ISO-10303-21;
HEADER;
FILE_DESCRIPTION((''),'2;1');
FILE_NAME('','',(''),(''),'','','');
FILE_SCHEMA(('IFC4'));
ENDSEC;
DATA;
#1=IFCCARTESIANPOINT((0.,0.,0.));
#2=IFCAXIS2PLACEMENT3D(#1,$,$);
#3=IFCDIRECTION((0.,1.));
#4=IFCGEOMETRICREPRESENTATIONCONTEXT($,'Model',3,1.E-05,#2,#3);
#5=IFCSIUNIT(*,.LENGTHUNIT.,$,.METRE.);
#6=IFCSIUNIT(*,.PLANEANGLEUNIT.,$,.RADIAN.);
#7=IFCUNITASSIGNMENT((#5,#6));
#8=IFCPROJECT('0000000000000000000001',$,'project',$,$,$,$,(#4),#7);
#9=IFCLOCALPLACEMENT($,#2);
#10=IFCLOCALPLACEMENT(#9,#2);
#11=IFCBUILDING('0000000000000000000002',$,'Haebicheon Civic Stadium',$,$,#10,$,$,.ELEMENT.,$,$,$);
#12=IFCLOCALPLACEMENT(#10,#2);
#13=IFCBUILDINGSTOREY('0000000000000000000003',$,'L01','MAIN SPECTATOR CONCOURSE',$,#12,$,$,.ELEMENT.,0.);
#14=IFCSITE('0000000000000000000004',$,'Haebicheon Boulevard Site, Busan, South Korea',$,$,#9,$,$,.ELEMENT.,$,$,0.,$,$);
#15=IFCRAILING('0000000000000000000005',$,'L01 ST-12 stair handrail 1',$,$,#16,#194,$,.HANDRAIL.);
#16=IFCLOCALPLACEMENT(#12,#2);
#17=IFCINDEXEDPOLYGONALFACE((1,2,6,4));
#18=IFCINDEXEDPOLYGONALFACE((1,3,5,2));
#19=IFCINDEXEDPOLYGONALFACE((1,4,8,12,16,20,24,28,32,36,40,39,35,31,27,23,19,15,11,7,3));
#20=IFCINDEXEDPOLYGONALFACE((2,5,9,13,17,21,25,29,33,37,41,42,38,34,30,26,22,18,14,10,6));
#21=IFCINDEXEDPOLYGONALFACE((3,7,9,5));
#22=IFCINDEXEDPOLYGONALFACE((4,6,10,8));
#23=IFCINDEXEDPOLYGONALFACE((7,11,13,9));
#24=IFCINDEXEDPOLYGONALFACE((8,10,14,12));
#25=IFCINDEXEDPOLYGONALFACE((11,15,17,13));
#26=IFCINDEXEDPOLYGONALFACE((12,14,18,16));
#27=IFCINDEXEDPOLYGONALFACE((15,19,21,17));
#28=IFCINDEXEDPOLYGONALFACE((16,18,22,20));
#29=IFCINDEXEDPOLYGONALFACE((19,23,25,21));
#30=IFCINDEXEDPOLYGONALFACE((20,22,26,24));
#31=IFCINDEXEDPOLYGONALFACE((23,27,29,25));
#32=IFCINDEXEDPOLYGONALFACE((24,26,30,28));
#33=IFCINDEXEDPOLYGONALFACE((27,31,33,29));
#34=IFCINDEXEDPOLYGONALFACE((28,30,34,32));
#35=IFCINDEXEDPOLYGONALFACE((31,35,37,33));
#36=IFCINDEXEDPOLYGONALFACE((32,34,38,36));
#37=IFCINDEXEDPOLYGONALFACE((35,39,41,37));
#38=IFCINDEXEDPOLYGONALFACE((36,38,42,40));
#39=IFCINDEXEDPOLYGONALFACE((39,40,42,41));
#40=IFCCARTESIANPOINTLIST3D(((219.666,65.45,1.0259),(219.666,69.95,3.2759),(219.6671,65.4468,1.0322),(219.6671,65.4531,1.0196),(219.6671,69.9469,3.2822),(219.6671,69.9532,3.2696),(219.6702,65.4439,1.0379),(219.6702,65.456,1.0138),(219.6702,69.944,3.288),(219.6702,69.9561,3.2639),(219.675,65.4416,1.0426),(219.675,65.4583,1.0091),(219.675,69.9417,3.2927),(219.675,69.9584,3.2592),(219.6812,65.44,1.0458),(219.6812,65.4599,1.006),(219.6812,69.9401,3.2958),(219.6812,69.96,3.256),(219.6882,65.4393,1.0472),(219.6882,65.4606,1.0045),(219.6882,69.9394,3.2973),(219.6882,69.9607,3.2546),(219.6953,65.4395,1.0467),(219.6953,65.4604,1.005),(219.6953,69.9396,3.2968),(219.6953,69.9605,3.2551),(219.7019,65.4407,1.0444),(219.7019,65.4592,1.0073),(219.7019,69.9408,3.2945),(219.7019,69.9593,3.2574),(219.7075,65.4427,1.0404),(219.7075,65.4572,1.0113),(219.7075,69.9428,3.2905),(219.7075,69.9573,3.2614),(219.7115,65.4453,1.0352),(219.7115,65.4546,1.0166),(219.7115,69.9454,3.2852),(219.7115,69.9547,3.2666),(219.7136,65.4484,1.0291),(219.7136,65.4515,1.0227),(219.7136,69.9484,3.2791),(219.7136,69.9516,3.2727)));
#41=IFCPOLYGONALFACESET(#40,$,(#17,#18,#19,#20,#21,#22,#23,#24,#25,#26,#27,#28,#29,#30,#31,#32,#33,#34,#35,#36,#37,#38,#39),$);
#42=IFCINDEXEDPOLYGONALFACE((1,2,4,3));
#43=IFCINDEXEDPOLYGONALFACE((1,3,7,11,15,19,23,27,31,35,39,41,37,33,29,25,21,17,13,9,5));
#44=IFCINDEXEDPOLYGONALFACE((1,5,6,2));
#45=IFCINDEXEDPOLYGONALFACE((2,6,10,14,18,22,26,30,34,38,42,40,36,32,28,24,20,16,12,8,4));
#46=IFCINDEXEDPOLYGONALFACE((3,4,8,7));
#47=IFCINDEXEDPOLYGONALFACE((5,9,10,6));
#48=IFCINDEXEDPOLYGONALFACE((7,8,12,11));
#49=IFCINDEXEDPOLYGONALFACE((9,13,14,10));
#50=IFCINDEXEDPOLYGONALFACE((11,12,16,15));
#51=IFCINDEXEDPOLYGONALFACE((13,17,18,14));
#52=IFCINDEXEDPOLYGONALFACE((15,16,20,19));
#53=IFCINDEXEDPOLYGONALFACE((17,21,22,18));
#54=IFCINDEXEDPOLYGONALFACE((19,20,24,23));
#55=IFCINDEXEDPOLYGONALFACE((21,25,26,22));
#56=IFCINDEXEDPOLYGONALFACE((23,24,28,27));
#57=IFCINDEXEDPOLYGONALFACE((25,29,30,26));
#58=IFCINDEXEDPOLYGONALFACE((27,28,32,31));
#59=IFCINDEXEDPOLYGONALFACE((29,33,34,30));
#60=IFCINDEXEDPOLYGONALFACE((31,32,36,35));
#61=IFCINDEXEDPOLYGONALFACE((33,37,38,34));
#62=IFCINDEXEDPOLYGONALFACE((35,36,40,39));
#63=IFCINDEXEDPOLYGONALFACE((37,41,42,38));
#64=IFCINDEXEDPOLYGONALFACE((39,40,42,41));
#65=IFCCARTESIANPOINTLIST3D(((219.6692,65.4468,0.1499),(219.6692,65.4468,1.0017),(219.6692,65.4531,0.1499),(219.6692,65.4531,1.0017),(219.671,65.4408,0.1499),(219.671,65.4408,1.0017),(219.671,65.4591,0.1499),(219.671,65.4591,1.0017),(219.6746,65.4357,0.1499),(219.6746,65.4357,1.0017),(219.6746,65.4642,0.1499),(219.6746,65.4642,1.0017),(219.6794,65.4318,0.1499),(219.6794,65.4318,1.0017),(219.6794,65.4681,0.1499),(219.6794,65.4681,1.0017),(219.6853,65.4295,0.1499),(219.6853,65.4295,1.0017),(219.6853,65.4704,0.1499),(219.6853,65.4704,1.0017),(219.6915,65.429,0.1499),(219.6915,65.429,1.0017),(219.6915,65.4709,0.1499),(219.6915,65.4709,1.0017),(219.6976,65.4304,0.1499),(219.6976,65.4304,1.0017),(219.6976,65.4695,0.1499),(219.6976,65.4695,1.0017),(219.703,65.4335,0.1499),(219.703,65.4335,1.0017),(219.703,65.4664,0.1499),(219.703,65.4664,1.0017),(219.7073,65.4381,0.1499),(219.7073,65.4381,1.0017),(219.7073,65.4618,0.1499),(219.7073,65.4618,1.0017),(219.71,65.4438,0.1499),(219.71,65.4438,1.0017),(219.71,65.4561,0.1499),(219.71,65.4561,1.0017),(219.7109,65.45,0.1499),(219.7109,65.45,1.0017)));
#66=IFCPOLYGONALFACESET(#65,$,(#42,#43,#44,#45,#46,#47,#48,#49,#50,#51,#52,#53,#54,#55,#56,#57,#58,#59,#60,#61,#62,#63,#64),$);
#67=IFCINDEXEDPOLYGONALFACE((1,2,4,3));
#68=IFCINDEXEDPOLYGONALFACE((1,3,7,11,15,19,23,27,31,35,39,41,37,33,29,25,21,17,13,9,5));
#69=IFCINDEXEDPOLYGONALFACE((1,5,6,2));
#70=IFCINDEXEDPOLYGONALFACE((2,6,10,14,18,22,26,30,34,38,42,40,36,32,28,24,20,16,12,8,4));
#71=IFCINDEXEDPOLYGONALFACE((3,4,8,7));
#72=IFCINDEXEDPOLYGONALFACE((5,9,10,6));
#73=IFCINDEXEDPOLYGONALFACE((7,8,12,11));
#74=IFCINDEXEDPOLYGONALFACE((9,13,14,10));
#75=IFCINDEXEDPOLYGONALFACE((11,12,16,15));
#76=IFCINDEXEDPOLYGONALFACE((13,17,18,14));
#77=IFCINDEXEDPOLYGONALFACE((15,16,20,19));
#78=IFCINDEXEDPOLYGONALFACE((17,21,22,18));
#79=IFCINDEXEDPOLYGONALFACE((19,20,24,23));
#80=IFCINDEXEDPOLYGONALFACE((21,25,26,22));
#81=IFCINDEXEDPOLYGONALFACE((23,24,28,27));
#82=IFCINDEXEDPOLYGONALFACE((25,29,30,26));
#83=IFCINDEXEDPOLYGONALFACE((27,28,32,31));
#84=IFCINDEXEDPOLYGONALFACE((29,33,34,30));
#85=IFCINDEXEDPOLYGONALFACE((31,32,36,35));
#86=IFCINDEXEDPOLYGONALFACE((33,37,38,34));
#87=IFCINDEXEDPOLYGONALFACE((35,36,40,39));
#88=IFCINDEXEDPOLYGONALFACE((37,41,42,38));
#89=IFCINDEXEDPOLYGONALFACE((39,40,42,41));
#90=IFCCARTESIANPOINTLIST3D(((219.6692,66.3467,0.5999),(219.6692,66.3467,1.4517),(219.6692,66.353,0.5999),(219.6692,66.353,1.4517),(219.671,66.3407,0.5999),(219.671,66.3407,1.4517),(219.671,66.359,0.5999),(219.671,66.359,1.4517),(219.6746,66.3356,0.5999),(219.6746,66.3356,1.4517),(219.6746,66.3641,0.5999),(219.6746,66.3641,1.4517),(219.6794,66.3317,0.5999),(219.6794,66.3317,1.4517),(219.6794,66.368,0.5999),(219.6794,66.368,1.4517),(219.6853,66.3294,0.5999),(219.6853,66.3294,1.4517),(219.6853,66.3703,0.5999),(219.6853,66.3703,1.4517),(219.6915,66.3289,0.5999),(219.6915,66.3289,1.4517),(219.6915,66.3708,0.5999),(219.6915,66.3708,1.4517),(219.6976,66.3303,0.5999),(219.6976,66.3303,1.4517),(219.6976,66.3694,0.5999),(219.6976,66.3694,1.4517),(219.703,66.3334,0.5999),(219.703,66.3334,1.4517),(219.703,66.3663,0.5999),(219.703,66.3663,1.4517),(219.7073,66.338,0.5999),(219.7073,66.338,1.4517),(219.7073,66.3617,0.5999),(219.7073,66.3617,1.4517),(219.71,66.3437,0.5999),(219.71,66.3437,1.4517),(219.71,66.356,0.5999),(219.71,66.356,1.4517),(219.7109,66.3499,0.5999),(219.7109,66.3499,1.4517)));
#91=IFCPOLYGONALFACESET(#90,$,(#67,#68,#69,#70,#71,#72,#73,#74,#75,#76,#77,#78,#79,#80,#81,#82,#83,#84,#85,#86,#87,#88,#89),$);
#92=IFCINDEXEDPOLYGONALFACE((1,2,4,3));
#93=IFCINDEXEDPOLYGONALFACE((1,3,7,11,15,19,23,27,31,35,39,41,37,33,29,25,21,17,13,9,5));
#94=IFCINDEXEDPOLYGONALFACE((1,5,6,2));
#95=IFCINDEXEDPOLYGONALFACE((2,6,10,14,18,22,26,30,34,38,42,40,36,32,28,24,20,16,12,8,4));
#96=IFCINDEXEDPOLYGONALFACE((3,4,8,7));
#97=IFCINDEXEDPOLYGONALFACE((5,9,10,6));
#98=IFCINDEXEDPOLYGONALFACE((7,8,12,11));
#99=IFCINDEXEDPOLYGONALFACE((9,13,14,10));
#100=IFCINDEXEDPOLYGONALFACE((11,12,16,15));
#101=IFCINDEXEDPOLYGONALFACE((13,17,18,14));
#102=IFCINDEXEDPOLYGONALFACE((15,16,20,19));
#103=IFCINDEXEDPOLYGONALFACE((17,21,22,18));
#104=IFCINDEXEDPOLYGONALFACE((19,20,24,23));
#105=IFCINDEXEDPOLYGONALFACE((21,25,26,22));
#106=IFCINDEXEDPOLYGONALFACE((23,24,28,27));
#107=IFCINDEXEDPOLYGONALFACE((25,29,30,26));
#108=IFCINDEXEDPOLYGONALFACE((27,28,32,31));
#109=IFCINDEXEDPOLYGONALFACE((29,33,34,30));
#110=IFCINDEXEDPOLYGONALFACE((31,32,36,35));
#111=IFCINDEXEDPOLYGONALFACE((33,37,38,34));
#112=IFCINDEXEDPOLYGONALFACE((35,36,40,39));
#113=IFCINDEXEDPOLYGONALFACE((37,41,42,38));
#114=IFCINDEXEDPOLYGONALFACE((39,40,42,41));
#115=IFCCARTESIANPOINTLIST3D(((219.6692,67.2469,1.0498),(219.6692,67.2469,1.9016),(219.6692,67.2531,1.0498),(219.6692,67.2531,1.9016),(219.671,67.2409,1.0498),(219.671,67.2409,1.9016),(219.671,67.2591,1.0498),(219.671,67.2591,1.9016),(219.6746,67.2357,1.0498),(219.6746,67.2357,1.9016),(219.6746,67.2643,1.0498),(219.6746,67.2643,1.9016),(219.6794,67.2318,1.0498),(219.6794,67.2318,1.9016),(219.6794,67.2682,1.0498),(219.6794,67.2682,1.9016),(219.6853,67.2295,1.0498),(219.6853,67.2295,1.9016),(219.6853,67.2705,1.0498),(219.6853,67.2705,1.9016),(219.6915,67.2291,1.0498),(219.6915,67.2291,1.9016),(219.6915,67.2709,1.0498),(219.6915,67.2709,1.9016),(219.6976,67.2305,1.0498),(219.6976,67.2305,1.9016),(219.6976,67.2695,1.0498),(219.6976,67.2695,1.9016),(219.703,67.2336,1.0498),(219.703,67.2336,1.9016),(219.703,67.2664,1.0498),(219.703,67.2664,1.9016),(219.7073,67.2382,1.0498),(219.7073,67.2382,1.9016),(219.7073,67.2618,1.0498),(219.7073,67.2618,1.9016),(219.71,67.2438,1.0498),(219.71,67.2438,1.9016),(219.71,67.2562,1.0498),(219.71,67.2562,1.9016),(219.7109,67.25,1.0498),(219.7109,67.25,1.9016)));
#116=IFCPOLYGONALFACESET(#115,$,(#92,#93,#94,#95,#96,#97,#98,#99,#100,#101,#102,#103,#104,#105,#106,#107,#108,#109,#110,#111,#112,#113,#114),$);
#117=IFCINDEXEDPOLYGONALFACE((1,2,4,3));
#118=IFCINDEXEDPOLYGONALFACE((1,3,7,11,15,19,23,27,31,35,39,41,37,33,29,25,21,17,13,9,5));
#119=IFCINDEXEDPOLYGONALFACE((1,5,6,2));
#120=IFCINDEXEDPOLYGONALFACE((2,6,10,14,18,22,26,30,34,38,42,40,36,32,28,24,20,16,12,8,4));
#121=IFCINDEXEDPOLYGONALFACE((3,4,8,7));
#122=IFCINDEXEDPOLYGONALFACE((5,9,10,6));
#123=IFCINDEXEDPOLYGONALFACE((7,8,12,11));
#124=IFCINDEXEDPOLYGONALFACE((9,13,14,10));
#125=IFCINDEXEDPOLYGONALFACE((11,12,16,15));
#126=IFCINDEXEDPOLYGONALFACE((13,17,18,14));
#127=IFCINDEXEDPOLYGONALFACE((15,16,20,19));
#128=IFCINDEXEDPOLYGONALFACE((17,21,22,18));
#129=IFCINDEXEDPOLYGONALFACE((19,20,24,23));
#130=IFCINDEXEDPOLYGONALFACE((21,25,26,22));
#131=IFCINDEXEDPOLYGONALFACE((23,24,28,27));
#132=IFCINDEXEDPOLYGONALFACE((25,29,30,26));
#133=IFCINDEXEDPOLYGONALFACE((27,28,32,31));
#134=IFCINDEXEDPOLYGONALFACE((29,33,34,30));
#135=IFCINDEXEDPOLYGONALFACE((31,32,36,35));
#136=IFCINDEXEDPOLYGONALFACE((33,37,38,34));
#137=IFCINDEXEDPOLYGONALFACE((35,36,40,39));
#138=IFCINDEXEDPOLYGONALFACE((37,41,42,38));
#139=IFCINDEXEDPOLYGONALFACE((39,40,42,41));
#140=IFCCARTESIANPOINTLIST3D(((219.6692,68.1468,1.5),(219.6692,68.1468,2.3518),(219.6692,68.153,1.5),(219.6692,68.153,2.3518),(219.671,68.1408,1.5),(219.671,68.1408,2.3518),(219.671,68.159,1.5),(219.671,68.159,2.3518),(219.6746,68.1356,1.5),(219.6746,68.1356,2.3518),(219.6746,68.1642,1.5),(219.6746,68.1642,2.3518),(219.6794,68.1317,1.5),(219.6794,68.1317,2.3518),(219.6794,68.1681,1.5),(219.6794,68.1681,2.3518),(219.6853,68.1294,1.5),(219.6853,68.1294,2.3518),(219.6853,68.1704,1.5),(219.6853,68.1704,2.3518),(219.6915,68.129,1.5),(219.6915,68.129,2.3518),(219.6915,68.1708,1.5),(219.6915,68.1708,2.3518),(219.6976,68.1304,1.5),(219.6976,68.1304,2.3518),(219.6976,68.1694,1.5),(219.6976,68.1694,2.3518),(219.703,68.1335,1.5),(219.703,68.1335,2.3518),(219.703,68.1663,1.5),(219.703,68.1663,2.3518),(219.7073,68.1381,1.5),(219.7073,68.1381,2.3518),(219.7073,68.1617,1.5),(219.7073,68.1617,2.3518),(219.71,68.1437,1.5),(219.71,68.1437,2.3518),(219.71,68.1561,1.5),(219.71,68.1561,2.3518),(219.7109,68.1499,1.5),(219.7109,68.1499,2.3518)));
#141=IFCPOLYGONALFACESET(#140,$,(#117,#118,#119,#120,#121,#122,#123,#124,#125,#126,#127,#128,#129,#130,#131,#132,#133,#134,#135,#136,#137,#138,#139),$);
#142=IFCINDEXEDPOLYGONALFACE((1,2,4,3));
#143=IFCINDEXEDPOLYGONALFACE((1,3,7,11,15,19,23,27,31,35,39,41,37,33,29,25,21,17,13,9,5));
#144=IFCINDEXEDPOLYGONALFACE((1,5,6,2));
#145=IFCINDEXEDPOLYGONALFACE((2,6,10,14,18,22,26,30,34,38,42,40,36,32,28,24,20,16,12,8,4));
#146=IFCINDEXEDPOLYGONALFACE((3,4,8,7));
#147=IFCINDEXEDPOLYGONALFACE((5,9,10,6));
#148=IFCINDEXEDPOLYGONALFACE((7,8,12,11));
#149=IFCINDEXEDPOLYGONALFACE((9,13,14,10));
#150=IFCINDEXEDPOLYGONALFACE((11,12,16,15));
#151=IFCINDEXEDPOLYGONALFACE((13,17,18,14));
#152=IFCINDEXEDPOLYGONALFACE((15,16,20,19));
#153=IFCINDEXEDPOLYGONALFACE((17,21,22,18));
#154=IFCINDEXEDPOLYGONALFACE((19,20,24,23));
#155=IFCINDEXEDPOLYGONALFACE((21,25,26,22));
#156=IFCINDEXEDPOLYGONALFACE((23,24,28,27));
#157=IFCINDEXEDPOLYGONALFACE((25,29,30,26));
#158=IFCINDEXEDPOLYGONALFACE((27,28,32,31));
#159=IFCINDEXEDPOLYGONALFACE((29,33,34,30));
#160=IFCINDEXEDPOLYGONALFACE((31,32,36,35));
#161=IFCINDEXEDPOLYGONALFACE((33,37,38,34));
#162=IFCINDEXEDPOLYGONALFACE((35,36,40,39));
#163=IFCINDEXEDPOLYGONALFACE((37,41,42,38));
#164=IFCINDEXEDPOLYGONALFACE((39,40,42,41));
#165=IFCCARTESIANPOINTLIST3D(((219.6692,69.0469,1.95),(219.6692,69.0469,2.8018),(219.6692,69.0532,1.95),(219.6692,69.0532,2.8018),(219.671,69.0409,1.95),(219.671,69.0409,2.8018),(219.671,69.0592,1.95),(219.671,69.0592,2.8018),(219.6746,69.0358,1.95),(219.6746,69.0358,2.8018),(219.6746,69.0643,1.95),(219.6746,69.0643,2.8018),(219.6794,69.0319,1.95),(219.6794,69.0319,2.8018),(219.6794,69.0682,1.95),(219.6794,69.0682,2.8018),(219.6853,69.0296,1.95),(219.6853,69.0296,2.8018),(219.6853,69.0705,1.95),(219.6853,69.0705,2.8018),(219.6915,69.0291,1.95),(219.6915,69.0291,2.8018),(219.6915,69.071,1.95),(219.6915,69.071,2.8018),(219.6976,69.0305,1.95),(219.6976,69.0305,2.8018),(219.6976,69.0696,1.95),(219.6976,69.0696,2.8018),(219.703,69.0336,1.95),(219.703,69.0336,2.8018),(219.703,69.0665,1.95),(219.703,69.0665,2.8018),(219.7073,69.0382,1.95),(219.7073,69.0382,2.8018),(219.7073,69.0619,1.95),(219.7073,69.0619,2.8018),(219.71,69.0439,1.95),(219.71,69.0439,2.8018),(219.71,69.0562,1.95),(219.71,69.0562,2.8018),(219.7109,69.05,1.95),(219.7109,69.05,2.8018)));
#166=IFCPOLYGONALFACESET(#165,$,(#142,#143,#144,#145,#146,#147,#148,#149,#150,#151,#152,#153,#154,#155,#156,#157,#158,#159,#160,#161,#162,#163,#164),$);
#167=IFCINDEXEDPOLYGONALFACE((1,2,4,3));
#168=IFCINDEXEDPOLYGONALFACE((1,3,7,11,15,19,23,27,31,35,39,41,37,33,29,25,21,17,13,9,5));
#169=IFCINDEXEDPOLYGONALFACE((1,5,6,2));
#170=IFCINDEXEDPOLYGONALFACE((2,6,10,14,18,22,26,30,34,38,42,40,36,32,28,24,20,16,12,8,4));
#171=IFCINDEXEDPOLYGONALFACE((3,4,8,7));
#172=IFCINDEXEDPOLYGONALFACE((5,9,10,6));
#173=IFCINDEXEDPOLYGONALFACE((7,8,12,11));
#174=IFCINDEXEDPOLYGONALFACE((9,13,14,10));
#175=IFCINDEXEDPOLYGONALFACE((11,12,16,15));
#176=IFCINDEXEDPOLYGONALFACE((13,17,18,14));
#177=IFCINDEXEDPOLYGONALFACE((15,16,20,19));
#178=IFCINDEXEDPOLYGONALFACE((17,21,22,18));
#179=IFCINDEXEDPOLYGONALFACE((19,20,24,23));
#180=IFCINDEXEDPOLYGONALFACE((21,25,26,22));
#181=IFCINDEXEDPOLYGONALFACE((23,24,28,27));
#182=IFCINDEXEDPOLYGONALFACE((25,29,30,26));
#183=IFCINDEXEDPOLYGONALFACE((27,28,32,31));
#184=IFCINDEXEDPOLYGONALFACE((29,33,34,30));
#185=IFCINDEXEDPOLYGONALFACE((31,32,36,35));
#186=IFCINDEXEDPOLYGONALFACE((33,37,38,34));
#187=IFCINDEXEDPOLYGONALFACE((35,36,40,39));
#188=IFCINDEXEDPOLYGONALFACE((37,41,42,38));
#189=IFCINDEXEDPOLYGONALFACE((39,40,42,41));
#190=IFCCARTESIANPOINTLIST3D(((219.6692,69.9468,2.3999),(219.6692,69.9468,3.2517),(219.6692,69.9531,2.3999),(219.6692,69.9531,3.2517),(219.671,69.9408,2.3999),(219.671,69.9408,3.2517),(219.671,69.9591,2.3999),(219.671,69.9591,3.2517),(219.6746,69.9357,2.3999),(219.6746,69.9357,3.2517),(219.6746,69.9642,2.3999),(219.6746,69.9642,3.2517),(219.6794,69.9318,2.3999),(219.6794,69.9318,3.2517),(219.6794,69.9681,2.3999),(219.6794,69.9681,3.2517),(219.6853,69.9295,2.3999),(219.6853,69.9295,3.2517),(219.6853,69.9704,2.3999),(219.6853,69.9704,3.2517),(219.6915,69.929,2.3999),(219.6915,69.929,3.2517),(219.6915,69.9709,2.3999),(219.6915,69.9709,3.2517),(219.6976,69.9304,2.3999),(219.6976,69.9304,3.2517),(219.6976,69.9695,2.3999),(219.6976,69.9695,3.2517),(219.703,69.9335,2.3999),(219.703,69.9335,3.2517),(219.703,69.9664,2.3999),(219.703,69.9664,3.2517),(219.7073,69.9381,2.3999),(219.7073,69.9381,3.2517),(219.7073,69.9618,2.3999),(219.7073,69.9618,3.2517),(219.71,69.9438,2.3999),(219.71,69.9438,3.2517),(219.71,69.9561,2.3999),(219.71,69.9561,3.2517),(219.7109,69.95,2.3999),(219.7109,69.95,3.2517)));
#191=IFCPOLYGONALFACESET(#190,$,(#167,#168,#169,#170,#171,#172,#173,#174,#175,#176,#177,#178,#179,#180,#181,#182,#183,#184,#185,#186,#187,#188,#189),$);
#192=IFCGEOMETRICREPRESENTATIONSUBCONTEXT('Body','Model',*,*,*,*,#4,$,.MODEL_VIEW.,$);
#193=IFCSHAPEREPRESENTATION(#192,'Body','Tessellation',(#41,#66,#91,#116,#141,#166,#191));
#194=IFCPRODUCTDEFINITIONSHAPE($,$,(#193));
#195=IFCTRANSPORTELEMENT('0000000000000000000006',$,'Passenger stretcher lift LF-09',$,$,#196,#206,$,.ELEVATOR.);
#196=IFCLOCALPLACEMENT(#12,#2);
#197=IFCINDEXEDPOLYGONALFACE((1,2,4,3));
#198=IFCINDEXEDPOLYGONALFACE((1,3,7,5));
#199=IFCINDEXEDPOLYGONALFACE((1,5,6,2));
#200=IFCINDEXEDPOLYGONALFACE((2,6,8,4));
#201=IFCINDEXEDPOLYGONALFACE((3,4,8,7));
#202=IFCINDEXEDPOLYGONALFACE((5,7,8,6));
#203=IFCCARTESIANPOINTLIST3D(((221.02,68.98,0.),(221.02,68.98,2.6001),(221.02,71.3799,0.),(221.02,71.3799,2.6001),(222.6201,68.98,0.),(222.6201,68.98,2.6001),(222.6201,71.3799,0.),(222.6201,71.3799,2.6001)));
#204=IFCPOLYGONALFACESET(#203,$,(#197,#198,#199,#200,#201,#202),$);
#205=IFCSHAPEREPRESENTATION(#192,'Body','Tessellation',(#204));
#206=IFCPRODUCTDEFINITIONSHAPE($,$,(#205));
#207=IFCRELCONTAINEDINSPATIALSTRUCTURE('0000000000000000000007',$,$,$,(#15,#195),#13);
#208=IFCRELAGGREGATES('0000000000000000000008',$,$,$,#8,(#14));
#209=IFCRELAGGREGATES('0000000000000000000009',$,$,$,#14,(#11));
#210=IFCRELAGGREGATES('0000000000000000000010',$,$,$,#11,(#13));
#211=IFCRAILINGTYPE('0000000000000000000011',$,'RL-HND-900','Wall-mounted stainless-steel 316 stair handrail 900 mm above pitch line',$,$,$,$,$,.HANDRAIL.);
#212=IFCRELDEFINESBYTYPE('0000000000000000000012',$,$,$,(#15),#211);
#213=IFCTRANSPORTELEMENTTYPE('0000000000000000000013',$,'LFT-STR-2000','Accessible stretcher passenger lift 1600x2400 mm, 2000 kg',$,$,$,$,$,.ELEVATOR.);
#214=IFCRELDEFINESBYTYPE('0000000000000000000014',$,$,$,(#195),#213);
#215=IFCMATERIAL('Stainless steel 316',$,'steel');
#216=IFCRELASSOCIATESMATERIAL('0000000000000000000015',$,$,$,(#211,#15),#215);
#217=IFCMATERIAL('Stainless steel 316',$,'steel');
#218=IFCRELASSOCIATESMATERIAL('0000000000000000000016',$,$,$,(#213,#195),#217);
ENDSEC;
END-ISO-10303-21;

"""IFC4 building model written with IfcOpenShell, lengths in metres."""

from ifc_helpers import new_model, si_unit, direction, frame, origin, origin_2d, place, context, subcontext, project, spatial, rectangle, circle, extrude, material, type_object, element, save


model = new_model("IFC4")

# Units and contexts
model_context = context("Model", 3, precision=1e-05, world=origin(), true_north=direction((0.0, 1.0)))
body_context = subcontext(model_context, "Body", "Model", "MODEL_VIEW")
ifc_project = project(units=[si_unit("LENGTHUNIT", "METRE"), si_unit("PLANEANGLEUNIT", "RADIAN")], contexts=[model_context])

# Site, building, storey
site_placement = place(None, origin())
site = spatial("IfcSite", under=ifc_project, at=site_placement, Name="Haebicheon Boulevard Site, Busan, South Korea", CompositionType="ELEMENT", RefElevation=0.0)
building_placement = place(site_placement, origin())
building = spatial("IfcBuilding", under=site, at=building_placement, Name="Haebicheon Civic Stadium", CompositionType="ELEMENT")
storey_placement = place(building_placement, origin())
storey = spatial("IfcBuildingStorey", under=building, at=storey_placement, Name="L01", Description="MAIN SPECTATOR CONCOURSE", CompositionType="ELEMENT", Elevation=0.0)

# Railing
ifc_material_1 = material(Name="Stainless steel 316", Category="steel")
railing_type_1 = type_object("IfcRailingType", Name="RL-HND-900", Description="Wall-mounted stainless-steel 316 stair handrail 900 mm above pitch line", PredefinedType="HANDRAIL", material=ifc_material_1)
railing_1_placement = place(storey_placement, frame((219.6899, 65.45, 0.1499)))
element("IfcRailing", 1, at=railing_1_placement, inside=storey, type_object=railing_type_1, material=ifc_material_1, Name="L01 ST-12 stair handrail 1", PredefinedType="HANDRAIL", context=body_context, shape_type="SweptSolid", body=[
    extrude(circle(Radius=0.0239, at=origin_2d()), frame((0.0, 0.0, 0.876), z_axis=(0.0, 0.894427, 0.447214), x_axis=(-1.0, 0.0, 0.0)), (0.0, 0.0, 1.0), 5.0312),
    extrude(circle(Radius=0.021, at=origin_2d()), origin(), (0.0, 0.0, 1.0), 0.8518),
    extrude(circle(Radius=0.021, at=origin_2d()), frame((0.0, 0.8999, 0.45)), (0.0, 0.0, 1.0), 0.8518),
    extrude(circle(Radius=0.021, at=origin_2d()), frame((0.0, 1.8, 0.8999)), (0.0, 0.0, 1.0), 0.8518),
    extrude(circle(Radius=0.021, at=origin_2d()), frame((0.0, 2.7, 1.3501)), (0.0, 0.0, 1.0), 0.8518),
    extrude(circle(Radius=0.021, at=origin_2d()), frame((0.0, 3.6001, 1.8)), (0.0, 0.0, 1.0), 0.8518),
    extrude(circle(Radius=0.021, at=origin_2d()), frame((0.0, 4.5, 2.25)), (0.0, 0.0, 1.0), 0.8518),
])

# Transport element
ifc_material_2 = material(Name="Stainless steel 316", Category="steel")
transport_element_type = type_object("IfcTransportElementType", Name="LFT-STR-2000", Description="Accessible stretcher passenger lift 1600x2400 mm, 2000 kg", PredefinedType="ELEVATOR", material=ifc_material_2)
transport_element_placement = place(storey_placement, frame((221.8201, 70.1799, 0.0), z_axis=(0.0, 0.0, 1.0), x_axis=(1.0, 0.0, 0.0)))
element("IfcTransportElement", 2, at=transport_element_placement, inside=storey, type_object=transport_element_type, material=ifc_material_2, Name="Passenger stretcher lift LF-09", PredefinedType="ELEVATOR", context=body_context, shape_type="SweptSolid", body=[
    extrude(rectangle(XDim=1.6001, YDim=2.3999, at=origin_2d()), origin(), (0.0, 0.0, 1.0), 2.6001),
])

save(model, "model.ifc")
